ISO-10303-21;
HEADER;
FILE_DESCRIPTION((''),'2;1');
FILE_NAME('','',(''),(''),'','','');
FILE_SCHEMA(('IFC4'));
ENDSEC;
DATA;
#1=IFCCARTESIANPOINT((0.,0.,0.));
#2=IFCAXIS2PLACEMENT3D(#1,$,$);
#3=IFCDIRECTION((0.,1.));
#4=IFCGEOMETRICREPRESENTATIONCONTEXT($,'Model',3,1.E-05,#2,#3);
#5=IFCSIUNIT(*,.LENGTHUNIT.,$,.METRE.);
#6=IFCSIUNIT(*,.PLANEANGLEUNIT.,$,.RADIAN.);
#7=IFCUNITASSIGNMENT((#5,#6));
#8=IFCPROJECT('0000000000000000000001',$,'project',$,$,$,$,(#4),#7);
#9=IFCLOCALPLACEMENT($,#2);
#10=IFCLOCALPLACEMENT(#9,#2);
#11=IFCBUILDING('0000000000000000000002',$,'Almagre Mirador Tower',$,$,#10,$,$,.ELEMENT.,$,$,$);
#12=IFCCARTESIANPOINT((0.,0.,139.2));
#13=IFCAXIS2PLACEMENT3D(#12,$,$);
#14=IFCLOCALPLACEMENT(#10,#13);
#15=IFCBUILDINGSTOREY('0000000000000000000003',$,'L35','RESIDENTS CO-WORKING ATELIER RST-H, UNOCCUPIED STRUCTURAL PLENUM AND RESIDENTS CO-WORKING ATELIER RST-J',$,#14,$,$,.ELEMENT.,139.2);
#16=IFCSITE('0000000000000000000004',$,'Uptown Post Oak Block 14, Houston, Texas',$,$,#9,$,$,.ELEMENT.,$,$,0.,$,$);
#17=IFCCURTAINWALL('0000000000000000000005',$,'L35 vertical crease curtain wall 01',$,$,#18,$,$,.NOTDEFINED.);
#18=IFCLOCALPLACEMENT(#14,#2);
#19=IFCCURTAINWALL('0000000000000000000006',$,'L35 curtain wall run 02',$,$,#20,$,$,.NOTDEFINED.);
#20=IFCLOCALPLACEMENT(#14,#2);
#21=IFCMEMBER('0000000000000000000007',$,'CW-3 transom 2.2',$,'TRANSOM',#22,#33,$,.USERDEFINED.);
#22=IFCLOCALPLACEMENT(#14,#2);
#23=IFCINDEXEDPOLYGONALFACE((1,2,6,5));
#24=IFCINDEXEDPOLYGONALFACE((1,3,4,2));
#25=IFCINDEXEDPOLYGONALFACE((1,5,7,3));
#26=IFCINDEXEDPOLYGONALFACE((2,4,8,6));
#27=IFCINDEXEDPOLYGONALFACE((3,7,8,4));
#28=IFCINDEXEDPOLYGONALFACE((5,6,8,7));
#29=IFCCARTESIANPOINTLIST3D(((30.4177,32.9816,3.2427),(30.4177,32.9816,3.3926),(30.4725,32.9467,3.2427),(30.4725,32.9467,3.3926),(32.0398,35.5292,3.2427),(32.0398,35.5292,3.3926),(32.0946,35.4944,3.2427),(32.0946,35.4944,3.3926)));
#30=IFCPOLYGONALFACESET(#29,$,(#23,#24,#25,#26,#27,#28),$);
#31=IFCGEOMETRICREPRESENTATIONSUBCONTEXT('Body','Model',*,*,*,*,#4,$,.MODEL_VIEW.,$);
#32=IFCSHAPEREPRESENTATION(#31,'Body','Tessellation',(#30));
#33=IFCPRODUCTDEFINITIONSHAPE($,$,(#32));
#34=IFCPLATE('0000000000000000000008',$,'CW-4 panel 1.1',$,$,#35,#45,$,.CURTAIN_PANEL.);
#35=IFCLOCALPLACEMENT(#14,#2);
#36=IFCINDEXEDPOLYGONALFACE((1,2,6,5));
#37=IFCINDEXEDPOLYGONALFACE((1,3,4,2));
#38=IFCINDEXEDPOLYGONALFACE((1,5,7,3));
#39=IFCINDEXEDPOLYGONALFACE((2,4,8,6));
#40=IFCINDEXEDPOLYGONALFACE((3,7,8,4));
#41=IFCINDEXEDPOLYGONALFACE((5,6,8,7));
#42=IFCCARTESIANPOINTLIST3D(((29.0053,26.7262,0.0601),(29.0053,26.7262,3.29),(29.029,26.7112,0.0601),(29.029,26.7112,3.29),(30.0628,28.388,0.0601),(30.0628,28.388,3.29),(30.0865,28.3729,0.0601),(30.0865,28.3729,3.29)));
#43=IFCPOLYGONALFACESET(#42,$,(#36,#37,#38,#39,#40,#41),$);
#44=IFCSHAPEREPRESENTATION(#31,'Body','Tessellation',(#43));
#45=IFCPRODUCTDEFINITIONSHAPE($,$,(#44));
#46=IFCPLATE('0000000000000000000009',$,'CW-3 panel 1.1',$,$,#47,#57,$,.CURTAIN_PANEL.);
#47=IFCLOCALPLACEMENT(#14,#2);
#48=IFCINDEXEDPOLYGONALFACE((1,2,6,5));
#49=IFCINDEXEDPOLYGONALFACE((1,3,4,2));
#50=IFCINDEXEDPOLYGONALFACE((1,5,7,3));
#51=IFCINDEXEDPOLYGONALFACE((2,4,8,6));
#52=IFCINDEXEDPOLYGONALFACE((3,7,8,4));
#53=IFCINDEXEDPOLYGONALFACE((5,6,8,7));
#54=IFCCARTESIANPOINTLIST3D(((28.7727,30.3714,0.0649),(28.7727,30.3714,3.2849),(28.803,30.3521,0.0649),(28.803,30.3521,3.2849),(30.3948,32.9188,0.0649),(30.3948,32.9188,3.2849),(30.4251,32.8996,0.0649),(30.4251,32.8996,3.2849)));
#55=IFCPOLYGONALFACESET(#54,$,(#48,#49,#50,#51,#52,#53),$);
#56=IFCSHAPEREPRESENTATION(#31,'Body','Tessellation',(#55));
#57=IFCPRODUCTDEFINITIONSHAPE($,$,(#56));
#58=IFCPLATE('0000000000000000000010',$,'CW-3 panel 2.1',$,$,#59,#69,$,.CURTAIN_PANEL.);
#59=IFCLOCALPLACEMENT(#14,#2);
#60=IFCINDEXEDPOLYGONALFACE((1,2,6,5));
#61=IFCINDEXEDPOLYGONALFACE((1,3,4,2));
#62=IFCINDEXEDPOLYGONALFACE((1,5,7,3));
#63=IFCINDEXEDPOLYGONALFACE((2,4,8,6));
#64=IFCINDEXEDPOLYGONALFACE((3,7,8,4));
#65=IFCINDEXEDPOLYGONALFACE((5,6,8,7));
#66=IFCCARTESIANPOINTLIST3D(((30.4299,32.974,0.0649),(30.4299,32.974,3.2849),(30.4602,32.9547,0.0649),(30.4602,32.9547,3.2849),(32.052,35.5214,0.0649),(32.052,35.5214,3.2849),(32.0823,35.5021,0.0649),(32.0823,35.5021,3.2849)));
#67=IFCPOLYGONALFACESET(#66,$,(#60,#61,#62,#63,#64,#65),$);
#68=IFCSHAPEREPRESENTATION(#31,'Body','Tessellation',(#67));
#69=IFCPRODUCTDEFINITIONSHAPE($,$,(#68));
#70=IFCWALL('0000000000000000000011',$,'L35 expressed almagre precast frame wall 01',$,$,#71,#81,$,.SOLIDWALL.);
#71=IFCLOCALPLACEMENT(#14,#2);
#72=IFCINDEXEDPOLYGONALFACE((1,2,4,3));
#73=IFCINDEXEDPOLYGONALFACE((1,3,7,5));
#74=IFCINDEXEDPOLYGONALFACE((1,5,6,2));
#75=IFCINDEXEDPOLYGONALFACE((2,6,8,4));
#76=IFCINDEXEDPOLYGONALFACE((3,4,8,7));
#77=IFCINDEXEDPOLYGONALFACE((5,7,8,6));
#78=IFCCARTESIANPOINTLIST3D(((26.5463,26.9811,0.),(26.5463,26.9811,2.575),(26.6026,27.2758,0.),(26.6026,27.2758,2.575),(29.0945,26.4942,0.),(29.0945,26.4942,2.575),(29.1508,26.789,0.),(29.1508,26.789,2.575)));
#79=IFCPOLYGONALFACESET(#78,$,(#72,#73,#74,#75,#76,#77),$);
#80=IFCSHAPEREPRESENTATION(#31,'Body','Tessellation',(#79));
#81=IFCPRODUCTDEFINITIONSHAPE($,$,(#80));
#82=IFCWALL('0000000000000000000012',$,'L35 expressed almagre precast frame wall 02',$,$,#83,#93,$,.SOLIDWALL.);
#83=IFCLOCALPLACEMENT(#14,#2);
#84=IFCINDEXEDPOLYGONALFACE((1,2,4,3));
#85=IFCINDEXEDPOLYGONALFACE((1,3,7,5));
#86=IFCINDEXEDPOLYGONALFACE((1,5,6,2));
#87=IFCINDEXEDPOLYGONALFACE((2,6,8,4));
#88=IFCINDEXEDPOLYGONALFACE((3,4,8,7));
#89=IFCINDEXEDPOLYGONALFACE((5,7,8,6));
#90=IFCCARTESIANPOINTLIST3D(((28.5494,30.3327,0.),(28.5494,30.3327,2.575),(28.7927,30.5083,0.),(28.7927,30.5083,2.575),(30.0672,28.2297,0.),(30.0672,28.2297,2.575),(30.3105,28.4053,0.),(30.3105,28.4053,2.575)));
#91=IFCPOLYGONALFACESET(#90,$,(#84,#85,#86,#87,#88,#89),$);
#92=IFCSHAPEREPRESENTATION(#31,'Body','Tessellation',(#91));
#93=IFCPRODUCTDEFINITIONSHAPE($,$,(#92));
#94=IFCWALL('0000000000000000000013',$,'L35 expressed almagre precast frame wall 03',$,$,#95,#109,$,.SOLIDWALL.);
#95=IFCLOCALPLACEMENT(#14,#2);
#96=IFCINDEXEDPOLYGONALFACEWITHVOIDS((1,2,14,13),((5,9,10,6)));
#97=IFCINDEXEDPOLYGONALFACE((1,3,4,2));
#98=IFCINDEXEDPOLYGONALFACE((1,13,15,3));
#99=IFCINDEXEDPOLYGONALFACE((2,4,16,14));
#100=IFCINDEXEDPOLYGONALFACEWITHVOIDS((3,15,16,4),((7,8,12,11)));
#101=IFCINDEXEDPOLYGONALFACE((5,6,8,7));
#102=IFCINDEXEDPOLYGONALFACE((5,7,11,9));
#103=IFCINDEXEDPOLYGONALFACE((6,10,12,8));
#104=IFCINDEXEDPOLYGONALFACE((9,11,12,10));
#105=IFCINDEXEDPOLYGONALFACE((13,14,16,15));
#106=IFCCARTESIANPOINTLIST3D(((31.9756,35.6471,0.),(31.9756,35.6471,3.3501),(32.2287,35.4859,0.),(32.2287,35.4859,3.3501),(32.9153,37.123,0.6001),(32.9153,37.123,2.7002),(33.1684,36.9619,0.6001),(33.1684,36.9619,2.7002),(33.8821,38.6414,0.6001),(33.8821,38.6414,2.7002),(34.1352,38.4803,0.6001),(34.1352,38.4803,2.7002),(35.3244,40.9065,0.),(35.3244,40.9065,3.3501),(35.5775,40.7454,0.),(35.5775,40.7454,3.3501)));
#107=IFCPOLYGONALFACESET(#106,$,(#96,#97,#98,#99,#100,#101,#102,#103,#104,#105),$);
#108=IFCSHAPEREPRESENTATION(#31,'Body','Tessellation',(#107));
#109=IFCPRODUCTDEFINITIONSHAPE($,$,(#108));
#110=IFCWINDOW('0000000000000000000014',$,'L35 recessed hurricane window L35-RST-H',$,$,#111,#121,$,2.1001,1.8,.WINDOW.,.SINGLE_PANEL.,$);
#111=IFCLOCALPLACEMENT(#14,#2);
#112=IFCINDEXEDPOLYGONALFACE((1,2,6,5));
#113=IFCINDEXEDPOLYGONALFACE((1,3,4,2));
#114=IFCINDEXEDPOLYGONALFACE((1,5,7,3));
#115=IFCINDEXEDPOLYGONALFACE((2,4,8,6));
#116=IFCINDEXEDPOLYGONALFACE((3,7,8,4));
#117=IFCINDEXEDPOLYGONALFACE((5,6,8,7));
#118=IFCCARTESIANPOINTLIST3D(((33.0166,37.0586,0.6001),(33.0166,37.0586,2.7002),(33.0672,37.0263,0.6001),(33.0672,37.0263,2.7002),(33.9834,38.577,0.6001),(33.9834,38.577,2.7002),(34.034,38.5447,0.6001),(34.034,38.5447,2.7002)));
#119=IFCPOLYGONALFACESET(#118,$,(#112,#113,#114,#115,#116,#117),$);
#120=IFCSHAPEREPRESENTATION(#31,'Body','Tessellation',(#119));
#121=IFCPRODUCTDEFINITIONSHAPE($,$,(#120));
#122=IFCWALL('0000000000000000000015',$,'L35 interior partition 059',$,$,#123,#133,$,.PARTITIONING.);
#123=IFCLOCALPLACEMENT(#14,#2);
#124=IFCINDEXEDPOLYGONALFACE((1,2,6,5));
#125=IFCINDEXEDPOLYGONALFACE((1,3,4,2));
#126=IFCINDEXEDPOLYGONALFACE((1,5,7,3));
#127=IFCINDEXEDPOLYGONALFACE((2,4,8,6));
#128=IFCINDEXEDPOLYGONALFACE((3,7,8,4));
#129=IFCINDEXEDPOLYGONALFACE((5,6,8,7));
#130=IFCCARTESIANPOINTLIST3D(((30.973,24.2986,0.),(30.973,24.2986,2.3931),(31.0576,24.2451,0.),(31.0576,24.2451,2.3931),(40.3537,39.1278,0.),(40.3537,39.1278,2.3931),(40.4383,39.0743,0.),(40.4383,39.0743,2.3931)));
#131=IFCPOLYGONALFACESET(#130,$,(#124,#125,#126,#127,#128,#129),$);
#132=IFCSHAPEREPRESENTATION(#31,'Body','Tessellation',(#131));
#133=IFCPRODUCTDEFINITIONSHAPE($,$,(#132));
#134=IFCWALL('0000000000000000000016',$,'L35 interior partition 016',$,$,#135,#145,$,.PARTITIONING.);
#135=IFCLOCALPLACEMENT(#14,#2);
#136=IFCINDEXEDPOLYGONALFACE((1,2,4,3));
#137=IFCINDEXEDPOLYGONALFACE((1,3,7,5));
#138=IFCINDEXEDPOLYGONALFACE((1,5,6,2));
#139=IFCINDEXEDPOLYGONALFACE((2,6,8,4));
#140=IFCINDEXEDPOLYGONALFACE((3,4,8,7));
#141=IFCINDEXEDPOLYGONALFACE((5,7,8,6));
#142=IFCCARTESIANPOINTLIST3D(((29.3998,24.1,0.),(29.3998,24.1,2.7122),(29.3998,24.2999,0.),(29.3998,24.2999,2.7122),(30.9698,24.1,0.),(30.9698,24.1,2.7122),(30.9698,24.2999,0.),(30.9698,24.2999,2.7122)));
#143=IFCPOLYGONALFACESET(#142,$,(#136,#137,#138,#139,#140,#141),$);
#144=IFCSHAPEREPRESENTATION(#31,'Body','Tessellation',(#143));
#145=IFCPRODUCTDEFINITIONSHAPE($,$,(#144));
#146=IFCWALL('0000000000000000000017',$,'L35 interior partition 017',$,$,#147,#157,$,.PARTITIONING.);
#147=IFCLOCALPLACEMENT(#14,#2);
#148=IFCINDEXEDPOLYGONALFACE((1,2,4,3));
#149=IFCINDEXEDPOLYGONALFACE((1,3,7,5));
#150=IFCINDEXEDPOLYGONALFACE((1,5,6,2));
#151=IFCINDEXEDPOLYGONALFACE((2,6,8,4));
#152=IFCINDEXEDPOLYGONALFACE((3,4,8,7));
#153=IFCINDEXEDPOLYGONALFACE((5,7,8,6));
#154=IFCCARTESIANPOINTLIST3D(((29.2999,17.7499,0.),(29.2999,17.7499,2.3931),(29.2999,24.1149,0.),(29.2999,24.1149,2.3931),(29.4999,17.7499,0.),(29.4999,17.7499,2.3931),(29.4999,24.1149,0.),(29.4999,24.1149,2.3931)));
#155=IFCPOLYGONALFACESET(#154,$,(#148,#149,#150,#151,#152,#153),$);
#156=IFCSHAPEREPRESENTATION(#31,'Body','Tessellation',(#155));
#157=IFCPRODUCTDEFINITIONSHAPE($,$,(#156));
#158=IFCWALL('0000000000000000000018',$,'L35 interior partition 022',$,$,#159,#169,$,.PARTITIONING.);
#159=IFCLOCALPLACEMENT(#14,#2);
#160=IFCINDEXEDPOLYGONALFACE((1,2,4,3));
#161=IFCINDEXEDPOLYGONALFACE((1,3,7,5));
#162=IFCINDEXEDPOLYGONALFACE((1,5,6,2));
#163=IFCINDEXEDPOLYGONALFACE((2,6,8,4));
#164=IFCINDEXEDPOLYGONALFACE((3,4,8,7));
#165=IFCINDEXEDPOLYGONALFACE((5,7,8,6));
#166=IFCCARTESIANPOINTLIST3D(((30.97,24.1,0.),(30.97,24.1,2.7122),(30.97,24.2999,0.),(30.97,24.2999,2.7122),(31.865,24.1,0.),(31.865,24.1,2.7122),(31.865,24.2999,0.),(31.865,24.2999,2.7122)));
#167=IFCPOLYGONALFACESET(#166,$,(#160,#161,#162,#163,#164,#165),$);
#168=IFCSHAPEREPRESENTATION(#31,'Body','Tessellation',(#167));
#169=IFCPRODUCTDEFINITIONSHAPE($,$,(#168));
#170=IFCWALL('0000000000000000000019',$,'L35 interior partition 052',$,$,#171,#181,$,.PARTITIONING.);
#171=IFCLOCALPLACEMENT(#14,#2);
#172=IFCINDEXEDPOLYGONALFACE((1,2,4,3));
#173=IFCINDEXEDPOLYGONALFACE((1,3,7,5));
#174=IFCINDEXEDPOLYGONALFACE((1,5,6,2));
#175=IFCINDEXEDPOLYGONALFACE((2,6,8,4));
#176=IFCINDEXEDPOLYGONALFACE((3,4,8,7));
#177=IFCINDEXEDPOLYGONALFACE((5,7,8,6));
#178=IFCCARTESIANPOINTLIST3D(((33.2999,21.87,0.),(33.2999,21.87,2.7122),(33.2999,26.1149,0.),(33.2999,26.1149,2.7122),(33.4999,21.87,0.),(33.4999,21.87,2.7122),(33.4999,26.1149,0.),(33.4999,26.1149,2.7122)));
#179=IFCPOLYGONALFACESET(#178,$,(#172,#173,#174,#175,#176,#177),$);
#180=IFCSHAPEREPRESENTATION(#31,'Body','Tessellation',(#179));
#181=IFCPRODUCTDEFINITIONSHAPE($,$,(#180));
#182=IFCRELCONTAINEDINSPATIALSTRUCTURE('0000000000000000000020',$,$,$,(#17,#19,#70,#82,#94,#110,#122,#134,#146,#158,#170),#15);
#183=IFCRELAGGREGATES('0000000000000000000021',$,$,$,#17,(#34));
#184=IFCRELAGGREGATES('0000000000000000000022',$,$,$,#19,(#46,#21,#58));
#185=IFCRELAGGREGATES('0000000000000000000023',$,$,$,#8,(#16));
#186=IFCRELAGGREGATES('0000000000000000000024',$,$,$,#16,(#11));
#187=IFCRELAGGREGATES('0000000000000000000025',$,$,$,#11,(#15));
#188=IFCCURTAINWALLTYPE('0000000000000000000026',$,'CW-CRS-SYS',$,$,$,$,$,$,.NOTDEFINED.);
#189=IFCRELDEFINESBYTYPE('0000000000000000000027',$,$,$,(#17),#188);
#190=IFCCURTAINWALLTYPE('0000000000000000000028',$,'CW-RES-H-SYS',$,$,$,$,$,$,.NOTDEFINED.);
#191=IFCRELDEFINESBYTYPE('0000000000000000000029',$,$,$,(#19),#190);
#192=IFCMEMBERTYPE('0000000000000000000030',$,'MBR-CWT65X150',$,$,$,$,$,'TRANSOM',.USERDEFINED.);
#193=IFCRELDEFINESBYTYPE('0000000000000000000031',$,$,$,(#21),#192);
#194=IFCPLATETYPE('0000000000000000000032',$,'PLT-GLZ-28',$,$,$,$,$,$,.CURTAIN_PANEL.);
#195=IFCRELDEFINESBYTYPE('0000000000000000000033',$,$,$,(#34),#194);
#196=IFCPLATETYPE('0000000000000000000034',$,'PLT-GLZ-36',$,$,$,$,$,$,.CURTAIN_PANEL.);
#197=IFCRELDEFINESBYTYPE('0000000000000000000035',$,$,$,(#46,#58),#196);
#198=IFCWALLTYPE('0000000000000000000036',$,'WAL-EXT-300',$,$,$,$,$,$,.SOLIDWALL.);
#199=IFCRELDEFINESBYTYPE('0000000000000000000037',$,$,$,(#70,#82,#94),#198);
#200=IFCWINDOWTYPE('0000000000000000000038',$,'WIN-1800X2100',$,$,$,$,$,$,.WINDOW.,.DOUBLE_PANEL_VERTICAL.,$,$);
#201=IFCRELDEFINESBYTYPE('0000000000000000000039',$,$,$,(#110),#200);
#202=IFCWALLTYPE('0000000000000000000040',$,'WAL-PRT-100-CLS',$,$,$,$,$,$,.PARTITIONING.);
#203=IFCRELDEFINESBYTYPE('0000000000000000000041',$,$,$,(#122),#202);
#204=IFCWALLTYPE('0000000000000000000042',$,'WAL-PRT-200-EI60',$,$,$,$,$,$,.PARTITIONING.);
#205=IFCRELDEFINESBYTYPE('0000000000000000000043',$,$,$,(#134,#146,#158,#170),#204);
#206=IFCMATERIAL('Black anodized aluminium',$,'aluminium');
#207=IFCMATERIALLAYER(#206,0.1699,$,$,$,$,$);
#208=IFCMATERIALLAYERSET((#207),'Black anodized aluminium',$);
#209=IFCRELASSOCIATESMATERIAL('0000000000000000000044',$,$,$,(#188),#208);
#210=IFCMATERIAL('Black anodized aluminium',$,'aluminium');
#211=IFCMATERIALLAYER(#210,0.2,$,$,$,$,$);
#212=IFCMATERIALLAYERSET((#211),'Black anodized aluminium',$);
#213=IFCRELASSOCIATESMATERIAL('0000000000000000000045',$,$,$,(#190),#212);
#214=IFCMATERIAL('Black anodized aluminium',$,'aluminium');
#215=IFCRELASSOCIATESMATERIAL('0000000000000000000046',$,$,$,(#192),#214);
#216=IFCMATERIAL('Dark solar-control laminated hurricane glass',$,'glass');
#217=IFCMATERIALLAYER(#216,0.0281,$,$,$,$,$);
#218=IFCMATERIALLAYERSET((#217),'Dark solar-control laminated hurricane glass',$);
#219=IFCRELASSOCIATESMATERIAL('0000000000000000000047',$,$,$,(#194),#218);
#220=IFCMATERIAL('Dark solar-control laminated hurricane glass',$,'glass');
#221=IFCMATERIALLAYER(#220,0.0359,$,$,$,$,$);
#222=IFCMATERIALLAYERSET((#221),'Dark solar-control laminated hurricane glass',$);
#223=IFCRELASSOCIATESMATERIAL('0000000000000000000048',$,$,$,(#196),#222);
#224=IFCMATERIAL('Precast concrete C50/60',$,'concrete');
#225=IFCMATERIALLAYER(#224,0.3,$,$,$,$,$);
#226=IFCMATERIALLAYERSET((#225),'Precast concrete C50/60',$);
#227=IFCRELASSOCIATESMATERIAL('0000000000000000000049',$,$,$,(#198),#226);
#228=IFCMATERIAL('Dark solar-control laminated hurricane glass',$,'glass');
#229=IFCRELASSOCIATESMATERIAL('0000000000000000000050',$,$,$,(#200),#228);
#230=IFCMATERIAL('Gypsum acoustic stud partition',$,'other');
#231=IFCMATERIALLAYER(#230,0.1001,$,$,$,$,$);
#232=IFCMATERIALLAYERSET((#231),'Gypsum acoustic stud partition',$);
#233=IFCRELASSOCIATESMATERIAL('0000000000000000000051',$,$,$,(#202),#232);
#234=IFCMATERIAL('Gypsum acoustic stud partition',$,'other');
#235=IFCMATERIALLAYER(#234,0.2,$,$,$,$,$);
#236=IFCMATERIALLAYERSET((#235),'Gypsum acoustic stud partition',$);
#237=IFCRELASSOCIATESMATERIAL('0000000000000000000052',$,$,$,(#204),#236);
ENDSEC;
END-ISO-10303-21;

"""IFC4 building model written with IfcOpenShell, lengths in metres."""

from ifc_helpers import new_model, si_unit, direction, frame, frame_2d, origin, origin_2d, place, context, subcontext, project, spatial, rectangle, extrude, material, layer, layer_set, material_profile, profile_set, type_object, element, fill, aggregate, save


model = new_model("IFC4")

# Units and contexts
model_context = context("Model", 3, precision=1e-05, world=origin(), true_north=direction((0.0, 1.0)))
body_context = subcontext(model_context, "Body", "Model", "MODEL_VIEW")
ifc_project = project(units=[si_unit("LENGTHUNIT", "METRE"), si_unit("PLANEANGLEUNIT", "RADIAN")], contexts=[model_context])

# Site, building, storey
site_placement = place(None, origin())
site = spatial("IfcSite", under=ifc_project, at=site_placement, Name="Uptown Post Oak Block 14, Houston, Texas", CompositionType="ELEMENT", RefElevation=0.0)
building_placement = place(site_placement, origin())
building = spatial("IfcBuilding", under=site, at=building_placement, Name="Almagre Mirador Tower", CompositionType="ELEMENT")
storey_placement = place(building_placement, frame((0.0, 0.0, 139.2)))
storey = spatial("IfcBuildingStorey", under=building, at=storey_placement, Name="L35", Description="RESIDENTS CO-WORKING ATELIER RST-H, UNOCCUPIED STRUCTURAL PLENUM AND RESIDENTS CO-WORKING ATELIER RST-J", CompositionType="ELEMENT", Elevation=139.2)

# Curtain walls
ifc_material_1 = material(Name="Black anodized aluminium", Category="aluminium")
ifc_layer_1 = layer(ifc_material_1, 0.1699)
ifc_layer_set_1 = layer_set([ifc_layer_1], Name="Black anodized aluminium")
curtain_wall_type_1 = type_object("IfcCurtainWallType", Name="CW-CRS-SYS", PredefinedType="NOTDEFINED", material=ifc_layer_set_1)
curtain_wall_1_placement = place(storey_placement, origin())
curtain_wall_1 = element("IfcCurtainWall", 1, at=curtain_wall_1_placement, inside=storey, type_object=curtain_wall_type_1, Name="L35 vertical crease curtain wall 01", PredefinedType="NOTDEFINED")
ifc_material_2 = material(Name="Black anodized aluminium", Category="aluminium")
ifc_layer_2 = layer(ifc_material_2, 0.2)
ifc_layer_set_2 = layer_set([ifc_layer_2], Name="Black anodized aluminium")
curtain_wall_type_2 = type_object("IfcCurtainWallType", Name="CW-RES-H-SYS", PredefinedType="NOTDEFINED", material=ifc_layer_set_2)
curtain_wall_2_placement = place(storey_placement, origin())
curtain_wall_2 = element("IfcCurtainWall", 2, at=curtain_wall_2_placement, inside=storey, type_object=curtain_wall_type_2, Name="L35 curtain wall run 02", PredefinedType="NOTDEFINED")

# Member
ifc_material_3 = material(Name="Black anodized aluminium", Category="aluminium")
ifc_material_profile_1 = material_profile(ifc_material_3, rectangle(XDim=0.0649, YDim=0.1499, at=origin_2d()), Name="CWT65X150")
ifc_profile_set_1 = profile_set([ifc_material_profile_1], Name="Black anodized aluminium")
member_type_1 = type_object("IfcMemberType", Name="MBR-CWT65X150", ElementType="TRANSOM", PredefinedType="USERDEFINED", material=ifc_profile_set_1)
member_1_placement = place(storey_placement, frame((30.4451, 32.9641, 3.3176), z_axis=(0.537079, 0.843532, 0.0), x_axis=(-0.843532, 0.537079, 0.0)))
member_1 = element("IfcMember", 3, at=member_1_placement, type_object=member_type_1, Name="CW-3 transom 2.2", ObjectType="TRANSOM", PredefinedType="USERDEFINED", context=body_context, shape_type="SweptSolid", body=[
    extrude(rectangle(XDim=0.0649, YDim=0.1499, at=origin_2d()), origin(), (0.0, 0.0, 1.0), 3.0203),
])

# Plates
ifc_material_4 = material(Name="Dark solar-control laminated hurricane glass", Category="glass")
ifc_layer_3 = layer(ifc_material_4, 0.0281)
ifc_layer_set_3 = layer_set([ifc_layer_3], Name="Dark solar-control laminated hurricane glass")
plate_type_1 = type_object("IfcPlateType", Name="PLT-GLZ-28", PredefinedType="CURTAIN_PANEL", material=ifc_layer_set_3)
plate_1_placement = place(storey_placement, frame((29.5459, 27.5496, 0.0601), z_axis=(0.0, 0.0, 1.0), x_axis=(0.536906, 0.843642, 0.0)))
plate_1 = element("IfcPlate", 4, at=plate_1_placement, type_object=plate_type_1, Name="CW-4 panel 1.1", PredefinedType="CURTAIN_PANEL", context=body_context, shape_type="SweptSolid", body=[
    extrude(rectangle(XDim=1.9697, YDim=0.0281, at=origin_2d()), origin(), (0.0, 0.0, 1.0), 3.23),
])
aggregate(curtain_wall_1, [plate_1])
ifc_material_5 = material(Name="Dark solar-control laminated hurricane glass", Category="glass")
ifc_layer_4 = layer(ifc_material_5, 0.0359)
ifc_layer_set_4 = layer_set([ifc_layer_4], Name="Dark solar-control laminated hurricane glass")
plate_type_2 = type_object("IfcPlateType", Name="PLT-GLZ-36", PredefinedType="CURTAIN_PANEL", material=ifc_layer_set_4)
plate_2_placement = place(storey_placement, frame((29.5989, 31.6355, 0.0649), z_axis=(0.0, 0.0, 1.0), x_axis=(0.537109, 0.843513, 0.0)))
plate_2 = element("IfcPlate", 5, at=plate_2_placement, type_object=plate_type_2, Name="CW-3 panel 1.1", PredefinedType="CURTAIN_PANEL", context=body_context, shape_type="SweptSolid", body=[
    extrude(rectangle(XDim=3.02, YDim=0.0359, at=origin_2d()), origin(), (0.0, 0.0, 1.0), 3.22),
])
plate_3_placement = place(storey_placement, frame((31.2561, 34.238, 0.0649), z_axis=(0.0, 0.0, 1.0), x_axis=(0.537109, 0.843513, 0.0)))
plate_3 = element("IfcPlate", 6, at=plate_3_placement, type_object=plate_type_2, Name="CW-3 panel 2.1", PredefinedType="CURTAIN_PANEL", context=body_context, shape_type="SweptSolid", body=[
    extrude(rectangle(XDim=3.02, YDim=0.0359, at=origin_2d()), origin(), (0.0, 0.0, 1.0), 3.22),
])
aggregate(curtain_wall_2, [plate_2, member_1, plate_3])

# Walls
ifc_material_6 = material(Name="Precast concrete C50/60", Category="concrete")
ifc_layer_5 = layer(ifc_material_6, 0.3)
ifc_layer_set_5 = layer_set([ifc_layer_5], Name="Precast concrete C50/60")
wall_type_1 = type_object("IfcWallType", Name="WAL-EXT-300", PredefinedType="SOLIDWALL", material=ifc_layer_set_5)
wall_1_placement = place(storey_placement, frame((26.5745, 27.1284, 0.0), z_axis=(0.0, 0.0, 1.0), x_axis=(0.982235, -0.187657, 0.0)))
element("IfcWall", 7, at=wall_1_placement, inside=storey, type_object=wall_type_1, Name="L35 expressed almagre precast frame wall 01", PredefinedType="SOLIDWALL", context=body_context, shape_type="SweptSolid", body=[
    extrude(rectangle(XDim=2.5942, YDim=0.3, at=frame_2d((1.2971, 0.0))), origin(), (0.0, 0.0, 1.0), 2.575),
])
wall_2_placement = place(storey_placement, frame((30.189, 28.3174, 0.0), z_axis=(0.0, 0.0, 1.0), x_axis=(-0.585229, 0.810868, 0.0)))
element("IfcWall", 8, at=wall_2_placement, inside=storey, type_object=wall_type_1, Name="L35 expressed almagre precast frame wall 02", PredefinedType="SOLIDWALL", context=body_context, shape_type="SweptSolid", body=[
    extrude(rectangle(XDim=2.5935, YDim=0.3, at=frame_2d((1.2969, 0.0))), origin(), (0.0, 0.0, 1.0), 2.575),
])

# Wall, opening, window
wall_3_placement = place(storey_placement, frame((32.1021, 35.5664, 0.0), z_axis=(0.0, 0.0, 1.0), x_axis=(0.537093, 0.843523, 0.0)))
wall_3 = element("IfcWall", 9, at=wall_3_placement, inside=storey, type_object=wall_type_1, Name="L35 expressed almagre precast frame wall 03", PredefinedType="SOLIDWALL", context=body_context, shape_type="SweptSolid", body=[
    extrude(rectangle(XDim=6.2351, YDim=0.3, at=frame_2d((3.1177, 0.0))), origin(), (0.0, 0.0, 1.0), 3.3501),
])
opening_placement = place(wall_3_placement, frame((1.75, 0.0, 0.6001)))
opening = element("IfcOpeningElement", 10, at=opening_placement, cuts=wall_3, PredefinedType="OPENING", context=body_context, shape_type="SweptSolid", body=[
    extrude(rectangle(XDim=1.8, YDim=2.1001, at=frame_2d((0.8999, 1.05))), frame((0.0, 0.1599, 0.0), z_axis=(0.0, -1.0, 0.0), x_axis=(1.0, 0.0, 0.0)), (0.0, 0.0, 1.0), 0.32),
])
ifc_material_7 = material(Name="Dark solar-control laminated hurricane glass", Category="glass")
window_type = type_object("IfcWindowType", Name="WIN-1800X2100", PartitioningType="DOUBLE_PANEL_VERTICAL", PredefinedType="WINDOW", material=ifc_material_7)
window_placement = place(opening_placement, origin())
window = element("IfcWindow", 11, at=window_placement, inside=storey, type_object=window_type, Name="L35 recessed hurricane window L35-RST-H", OverallHeight=2.1001, OverallWidth=1.8, PartitioningType="SINGLE_PANEL", PredefinedType="WINDOW", context=body_context, shape_type="SweptSolid", body=[
    extrude(rectangle(XDim=1.8, YDim=2.1001, at=frame_2d((0.8999, 1.05))), frame((0.0, 0.03, 0.0), z_axis=(0.0, -1.0, 0.0), x_axis=(1.0, 0.0, 0.0)), (0.0, 0.0, 1.0), 0.0601),
])
fill(opening, window)

# Walls
ifc_material_8 = material(Name="Gypsum acoustic stud partition", Category="other")
ifc_layer_6 = layer(ifc_material_8, 0.1001)
ifc_layer_set_6 = layer_set([ifc_layer_6], Name="Gypsum acoustic stud partition")
wall_type_2 = type_object("IfcWallType", Name="WAL-PRT-100-CLS", PredefinedType="PARTITIONING", material=ifc_layer_set_6)
wall_4_placement = place(storey_placement, frame((31.0154, 24.272, 0.0), z_axis=(0.0, 0.0, 1.0), x_axis=(0.534599, 0.845106, 0.0)))
element("IfcWall", 12, at=wall_4_placement, inside=storey, type_object=wall_type_2, Name="L35 interior partition 059", PredefinedType="PARTITIONING", context=body_context, shape_type="SweptSolid", body=[
    extrude(rectangle(XDim=17.5471, YDim=0.1001, at=frame_2d((8.7734, 0.0))), origin(), (0.0, 0.0, 1.0), 2.3931),
])
ifc_material_9 = material(Name="Gypsum acoustic stud partition", Category="other")
ifc_layer_7 = layer(ifc_material_9, 0.2)
ifc_layer_set_7 = layer_set([ifc_layer_7], Name="Gypsum acoustic stud partition")
wall_type_3 = type_object("IfcWallType", Name="WAL-PRT-200-EI60", PredefinedType="PARTITIONING", material=ifc_layer_set_7)
wall_5_placement = place(storey_placement, frame((30.97, 24.2, 0.0), z_axis=(0.0, 0.0, 1.0), x_axis=(-1.0, 0.0, 0.0)))
element("IfcWall", 13, at=wall_5_placement, inside=storey, type_object=wall_type_3, Name="L35 interior partition 016", PredefinedType="PARTITIONING", context=body_context, shape_type="SweptSolid", body=[
    extrude(rectangle(XDim=1.5701, YDim=0.2, at=frame_2d((0.7852, 0.0))), origin(), (0.0, 0.0, 1.0), 2.7122),
])
wall_6_placement = place(storey_placement, frame((29.3999, 24.115, 0.0), z_axis=(0.0, 0.0, 1.0), x_axis=(0.0, -1.0, 0.0)))
element("IfcWall", 14, at=wall_6_placement, inside=storey, type_object=wall_type_3, Name="L35 interior partition 017", PredefinedType="PARTITIONING", context=body_context, shape_type="SweptSolid", body=[
    extrude(rectangle(XDim=6.365, YDim=0.2, at=frame_2d((3.1826, 0.0))), origin(), (0.0, 0.0, 1.0), 2.3931),
])
wall_7_placement = place(storey_placement, frame((31.865, 24.2, 0.0), z_axis=(0.0, 0.0, 1.0), x_axis=(-1.0, 0.0, 0.0)))
element("IfcWall", 15, at=wall_7_placement, inside=storey, type_object=wall_type_3, Name="L35 interior partition 022", PredefinedType="PARTITIONING", context=body_context, shape_type="SweptSolid", body=[
    extrude(rectangle(XDim=0.895, YDim=0.2, at=frame_2d((0.4475, 0.0))), origin(), (0.0, 0.0, 1.0), 2.7122),
])
wall_8_placement = place(storey_placement, frame((33.3999, 26.115, 0.0), z_axis=(0.0, 0.0, 1.0), x_axis=(0.0, -1.0, 0.0)))
element("IfcWall", 16, at=wall_8_placement, inside=storey, type_object=wall_type_3, Name="L35 interior partition 052", PredefinedType="PARTITIONING", context=body_context, shape_type="SweptSolid", body=[
    extrude(rectangle(XDim=4.2449, YDim=0.2, at=frame_2d((2.1226, 0.0))), origin(), (0.0, 0.0, 1.0), 2.7122),
])

save(model, "model.ifc")
